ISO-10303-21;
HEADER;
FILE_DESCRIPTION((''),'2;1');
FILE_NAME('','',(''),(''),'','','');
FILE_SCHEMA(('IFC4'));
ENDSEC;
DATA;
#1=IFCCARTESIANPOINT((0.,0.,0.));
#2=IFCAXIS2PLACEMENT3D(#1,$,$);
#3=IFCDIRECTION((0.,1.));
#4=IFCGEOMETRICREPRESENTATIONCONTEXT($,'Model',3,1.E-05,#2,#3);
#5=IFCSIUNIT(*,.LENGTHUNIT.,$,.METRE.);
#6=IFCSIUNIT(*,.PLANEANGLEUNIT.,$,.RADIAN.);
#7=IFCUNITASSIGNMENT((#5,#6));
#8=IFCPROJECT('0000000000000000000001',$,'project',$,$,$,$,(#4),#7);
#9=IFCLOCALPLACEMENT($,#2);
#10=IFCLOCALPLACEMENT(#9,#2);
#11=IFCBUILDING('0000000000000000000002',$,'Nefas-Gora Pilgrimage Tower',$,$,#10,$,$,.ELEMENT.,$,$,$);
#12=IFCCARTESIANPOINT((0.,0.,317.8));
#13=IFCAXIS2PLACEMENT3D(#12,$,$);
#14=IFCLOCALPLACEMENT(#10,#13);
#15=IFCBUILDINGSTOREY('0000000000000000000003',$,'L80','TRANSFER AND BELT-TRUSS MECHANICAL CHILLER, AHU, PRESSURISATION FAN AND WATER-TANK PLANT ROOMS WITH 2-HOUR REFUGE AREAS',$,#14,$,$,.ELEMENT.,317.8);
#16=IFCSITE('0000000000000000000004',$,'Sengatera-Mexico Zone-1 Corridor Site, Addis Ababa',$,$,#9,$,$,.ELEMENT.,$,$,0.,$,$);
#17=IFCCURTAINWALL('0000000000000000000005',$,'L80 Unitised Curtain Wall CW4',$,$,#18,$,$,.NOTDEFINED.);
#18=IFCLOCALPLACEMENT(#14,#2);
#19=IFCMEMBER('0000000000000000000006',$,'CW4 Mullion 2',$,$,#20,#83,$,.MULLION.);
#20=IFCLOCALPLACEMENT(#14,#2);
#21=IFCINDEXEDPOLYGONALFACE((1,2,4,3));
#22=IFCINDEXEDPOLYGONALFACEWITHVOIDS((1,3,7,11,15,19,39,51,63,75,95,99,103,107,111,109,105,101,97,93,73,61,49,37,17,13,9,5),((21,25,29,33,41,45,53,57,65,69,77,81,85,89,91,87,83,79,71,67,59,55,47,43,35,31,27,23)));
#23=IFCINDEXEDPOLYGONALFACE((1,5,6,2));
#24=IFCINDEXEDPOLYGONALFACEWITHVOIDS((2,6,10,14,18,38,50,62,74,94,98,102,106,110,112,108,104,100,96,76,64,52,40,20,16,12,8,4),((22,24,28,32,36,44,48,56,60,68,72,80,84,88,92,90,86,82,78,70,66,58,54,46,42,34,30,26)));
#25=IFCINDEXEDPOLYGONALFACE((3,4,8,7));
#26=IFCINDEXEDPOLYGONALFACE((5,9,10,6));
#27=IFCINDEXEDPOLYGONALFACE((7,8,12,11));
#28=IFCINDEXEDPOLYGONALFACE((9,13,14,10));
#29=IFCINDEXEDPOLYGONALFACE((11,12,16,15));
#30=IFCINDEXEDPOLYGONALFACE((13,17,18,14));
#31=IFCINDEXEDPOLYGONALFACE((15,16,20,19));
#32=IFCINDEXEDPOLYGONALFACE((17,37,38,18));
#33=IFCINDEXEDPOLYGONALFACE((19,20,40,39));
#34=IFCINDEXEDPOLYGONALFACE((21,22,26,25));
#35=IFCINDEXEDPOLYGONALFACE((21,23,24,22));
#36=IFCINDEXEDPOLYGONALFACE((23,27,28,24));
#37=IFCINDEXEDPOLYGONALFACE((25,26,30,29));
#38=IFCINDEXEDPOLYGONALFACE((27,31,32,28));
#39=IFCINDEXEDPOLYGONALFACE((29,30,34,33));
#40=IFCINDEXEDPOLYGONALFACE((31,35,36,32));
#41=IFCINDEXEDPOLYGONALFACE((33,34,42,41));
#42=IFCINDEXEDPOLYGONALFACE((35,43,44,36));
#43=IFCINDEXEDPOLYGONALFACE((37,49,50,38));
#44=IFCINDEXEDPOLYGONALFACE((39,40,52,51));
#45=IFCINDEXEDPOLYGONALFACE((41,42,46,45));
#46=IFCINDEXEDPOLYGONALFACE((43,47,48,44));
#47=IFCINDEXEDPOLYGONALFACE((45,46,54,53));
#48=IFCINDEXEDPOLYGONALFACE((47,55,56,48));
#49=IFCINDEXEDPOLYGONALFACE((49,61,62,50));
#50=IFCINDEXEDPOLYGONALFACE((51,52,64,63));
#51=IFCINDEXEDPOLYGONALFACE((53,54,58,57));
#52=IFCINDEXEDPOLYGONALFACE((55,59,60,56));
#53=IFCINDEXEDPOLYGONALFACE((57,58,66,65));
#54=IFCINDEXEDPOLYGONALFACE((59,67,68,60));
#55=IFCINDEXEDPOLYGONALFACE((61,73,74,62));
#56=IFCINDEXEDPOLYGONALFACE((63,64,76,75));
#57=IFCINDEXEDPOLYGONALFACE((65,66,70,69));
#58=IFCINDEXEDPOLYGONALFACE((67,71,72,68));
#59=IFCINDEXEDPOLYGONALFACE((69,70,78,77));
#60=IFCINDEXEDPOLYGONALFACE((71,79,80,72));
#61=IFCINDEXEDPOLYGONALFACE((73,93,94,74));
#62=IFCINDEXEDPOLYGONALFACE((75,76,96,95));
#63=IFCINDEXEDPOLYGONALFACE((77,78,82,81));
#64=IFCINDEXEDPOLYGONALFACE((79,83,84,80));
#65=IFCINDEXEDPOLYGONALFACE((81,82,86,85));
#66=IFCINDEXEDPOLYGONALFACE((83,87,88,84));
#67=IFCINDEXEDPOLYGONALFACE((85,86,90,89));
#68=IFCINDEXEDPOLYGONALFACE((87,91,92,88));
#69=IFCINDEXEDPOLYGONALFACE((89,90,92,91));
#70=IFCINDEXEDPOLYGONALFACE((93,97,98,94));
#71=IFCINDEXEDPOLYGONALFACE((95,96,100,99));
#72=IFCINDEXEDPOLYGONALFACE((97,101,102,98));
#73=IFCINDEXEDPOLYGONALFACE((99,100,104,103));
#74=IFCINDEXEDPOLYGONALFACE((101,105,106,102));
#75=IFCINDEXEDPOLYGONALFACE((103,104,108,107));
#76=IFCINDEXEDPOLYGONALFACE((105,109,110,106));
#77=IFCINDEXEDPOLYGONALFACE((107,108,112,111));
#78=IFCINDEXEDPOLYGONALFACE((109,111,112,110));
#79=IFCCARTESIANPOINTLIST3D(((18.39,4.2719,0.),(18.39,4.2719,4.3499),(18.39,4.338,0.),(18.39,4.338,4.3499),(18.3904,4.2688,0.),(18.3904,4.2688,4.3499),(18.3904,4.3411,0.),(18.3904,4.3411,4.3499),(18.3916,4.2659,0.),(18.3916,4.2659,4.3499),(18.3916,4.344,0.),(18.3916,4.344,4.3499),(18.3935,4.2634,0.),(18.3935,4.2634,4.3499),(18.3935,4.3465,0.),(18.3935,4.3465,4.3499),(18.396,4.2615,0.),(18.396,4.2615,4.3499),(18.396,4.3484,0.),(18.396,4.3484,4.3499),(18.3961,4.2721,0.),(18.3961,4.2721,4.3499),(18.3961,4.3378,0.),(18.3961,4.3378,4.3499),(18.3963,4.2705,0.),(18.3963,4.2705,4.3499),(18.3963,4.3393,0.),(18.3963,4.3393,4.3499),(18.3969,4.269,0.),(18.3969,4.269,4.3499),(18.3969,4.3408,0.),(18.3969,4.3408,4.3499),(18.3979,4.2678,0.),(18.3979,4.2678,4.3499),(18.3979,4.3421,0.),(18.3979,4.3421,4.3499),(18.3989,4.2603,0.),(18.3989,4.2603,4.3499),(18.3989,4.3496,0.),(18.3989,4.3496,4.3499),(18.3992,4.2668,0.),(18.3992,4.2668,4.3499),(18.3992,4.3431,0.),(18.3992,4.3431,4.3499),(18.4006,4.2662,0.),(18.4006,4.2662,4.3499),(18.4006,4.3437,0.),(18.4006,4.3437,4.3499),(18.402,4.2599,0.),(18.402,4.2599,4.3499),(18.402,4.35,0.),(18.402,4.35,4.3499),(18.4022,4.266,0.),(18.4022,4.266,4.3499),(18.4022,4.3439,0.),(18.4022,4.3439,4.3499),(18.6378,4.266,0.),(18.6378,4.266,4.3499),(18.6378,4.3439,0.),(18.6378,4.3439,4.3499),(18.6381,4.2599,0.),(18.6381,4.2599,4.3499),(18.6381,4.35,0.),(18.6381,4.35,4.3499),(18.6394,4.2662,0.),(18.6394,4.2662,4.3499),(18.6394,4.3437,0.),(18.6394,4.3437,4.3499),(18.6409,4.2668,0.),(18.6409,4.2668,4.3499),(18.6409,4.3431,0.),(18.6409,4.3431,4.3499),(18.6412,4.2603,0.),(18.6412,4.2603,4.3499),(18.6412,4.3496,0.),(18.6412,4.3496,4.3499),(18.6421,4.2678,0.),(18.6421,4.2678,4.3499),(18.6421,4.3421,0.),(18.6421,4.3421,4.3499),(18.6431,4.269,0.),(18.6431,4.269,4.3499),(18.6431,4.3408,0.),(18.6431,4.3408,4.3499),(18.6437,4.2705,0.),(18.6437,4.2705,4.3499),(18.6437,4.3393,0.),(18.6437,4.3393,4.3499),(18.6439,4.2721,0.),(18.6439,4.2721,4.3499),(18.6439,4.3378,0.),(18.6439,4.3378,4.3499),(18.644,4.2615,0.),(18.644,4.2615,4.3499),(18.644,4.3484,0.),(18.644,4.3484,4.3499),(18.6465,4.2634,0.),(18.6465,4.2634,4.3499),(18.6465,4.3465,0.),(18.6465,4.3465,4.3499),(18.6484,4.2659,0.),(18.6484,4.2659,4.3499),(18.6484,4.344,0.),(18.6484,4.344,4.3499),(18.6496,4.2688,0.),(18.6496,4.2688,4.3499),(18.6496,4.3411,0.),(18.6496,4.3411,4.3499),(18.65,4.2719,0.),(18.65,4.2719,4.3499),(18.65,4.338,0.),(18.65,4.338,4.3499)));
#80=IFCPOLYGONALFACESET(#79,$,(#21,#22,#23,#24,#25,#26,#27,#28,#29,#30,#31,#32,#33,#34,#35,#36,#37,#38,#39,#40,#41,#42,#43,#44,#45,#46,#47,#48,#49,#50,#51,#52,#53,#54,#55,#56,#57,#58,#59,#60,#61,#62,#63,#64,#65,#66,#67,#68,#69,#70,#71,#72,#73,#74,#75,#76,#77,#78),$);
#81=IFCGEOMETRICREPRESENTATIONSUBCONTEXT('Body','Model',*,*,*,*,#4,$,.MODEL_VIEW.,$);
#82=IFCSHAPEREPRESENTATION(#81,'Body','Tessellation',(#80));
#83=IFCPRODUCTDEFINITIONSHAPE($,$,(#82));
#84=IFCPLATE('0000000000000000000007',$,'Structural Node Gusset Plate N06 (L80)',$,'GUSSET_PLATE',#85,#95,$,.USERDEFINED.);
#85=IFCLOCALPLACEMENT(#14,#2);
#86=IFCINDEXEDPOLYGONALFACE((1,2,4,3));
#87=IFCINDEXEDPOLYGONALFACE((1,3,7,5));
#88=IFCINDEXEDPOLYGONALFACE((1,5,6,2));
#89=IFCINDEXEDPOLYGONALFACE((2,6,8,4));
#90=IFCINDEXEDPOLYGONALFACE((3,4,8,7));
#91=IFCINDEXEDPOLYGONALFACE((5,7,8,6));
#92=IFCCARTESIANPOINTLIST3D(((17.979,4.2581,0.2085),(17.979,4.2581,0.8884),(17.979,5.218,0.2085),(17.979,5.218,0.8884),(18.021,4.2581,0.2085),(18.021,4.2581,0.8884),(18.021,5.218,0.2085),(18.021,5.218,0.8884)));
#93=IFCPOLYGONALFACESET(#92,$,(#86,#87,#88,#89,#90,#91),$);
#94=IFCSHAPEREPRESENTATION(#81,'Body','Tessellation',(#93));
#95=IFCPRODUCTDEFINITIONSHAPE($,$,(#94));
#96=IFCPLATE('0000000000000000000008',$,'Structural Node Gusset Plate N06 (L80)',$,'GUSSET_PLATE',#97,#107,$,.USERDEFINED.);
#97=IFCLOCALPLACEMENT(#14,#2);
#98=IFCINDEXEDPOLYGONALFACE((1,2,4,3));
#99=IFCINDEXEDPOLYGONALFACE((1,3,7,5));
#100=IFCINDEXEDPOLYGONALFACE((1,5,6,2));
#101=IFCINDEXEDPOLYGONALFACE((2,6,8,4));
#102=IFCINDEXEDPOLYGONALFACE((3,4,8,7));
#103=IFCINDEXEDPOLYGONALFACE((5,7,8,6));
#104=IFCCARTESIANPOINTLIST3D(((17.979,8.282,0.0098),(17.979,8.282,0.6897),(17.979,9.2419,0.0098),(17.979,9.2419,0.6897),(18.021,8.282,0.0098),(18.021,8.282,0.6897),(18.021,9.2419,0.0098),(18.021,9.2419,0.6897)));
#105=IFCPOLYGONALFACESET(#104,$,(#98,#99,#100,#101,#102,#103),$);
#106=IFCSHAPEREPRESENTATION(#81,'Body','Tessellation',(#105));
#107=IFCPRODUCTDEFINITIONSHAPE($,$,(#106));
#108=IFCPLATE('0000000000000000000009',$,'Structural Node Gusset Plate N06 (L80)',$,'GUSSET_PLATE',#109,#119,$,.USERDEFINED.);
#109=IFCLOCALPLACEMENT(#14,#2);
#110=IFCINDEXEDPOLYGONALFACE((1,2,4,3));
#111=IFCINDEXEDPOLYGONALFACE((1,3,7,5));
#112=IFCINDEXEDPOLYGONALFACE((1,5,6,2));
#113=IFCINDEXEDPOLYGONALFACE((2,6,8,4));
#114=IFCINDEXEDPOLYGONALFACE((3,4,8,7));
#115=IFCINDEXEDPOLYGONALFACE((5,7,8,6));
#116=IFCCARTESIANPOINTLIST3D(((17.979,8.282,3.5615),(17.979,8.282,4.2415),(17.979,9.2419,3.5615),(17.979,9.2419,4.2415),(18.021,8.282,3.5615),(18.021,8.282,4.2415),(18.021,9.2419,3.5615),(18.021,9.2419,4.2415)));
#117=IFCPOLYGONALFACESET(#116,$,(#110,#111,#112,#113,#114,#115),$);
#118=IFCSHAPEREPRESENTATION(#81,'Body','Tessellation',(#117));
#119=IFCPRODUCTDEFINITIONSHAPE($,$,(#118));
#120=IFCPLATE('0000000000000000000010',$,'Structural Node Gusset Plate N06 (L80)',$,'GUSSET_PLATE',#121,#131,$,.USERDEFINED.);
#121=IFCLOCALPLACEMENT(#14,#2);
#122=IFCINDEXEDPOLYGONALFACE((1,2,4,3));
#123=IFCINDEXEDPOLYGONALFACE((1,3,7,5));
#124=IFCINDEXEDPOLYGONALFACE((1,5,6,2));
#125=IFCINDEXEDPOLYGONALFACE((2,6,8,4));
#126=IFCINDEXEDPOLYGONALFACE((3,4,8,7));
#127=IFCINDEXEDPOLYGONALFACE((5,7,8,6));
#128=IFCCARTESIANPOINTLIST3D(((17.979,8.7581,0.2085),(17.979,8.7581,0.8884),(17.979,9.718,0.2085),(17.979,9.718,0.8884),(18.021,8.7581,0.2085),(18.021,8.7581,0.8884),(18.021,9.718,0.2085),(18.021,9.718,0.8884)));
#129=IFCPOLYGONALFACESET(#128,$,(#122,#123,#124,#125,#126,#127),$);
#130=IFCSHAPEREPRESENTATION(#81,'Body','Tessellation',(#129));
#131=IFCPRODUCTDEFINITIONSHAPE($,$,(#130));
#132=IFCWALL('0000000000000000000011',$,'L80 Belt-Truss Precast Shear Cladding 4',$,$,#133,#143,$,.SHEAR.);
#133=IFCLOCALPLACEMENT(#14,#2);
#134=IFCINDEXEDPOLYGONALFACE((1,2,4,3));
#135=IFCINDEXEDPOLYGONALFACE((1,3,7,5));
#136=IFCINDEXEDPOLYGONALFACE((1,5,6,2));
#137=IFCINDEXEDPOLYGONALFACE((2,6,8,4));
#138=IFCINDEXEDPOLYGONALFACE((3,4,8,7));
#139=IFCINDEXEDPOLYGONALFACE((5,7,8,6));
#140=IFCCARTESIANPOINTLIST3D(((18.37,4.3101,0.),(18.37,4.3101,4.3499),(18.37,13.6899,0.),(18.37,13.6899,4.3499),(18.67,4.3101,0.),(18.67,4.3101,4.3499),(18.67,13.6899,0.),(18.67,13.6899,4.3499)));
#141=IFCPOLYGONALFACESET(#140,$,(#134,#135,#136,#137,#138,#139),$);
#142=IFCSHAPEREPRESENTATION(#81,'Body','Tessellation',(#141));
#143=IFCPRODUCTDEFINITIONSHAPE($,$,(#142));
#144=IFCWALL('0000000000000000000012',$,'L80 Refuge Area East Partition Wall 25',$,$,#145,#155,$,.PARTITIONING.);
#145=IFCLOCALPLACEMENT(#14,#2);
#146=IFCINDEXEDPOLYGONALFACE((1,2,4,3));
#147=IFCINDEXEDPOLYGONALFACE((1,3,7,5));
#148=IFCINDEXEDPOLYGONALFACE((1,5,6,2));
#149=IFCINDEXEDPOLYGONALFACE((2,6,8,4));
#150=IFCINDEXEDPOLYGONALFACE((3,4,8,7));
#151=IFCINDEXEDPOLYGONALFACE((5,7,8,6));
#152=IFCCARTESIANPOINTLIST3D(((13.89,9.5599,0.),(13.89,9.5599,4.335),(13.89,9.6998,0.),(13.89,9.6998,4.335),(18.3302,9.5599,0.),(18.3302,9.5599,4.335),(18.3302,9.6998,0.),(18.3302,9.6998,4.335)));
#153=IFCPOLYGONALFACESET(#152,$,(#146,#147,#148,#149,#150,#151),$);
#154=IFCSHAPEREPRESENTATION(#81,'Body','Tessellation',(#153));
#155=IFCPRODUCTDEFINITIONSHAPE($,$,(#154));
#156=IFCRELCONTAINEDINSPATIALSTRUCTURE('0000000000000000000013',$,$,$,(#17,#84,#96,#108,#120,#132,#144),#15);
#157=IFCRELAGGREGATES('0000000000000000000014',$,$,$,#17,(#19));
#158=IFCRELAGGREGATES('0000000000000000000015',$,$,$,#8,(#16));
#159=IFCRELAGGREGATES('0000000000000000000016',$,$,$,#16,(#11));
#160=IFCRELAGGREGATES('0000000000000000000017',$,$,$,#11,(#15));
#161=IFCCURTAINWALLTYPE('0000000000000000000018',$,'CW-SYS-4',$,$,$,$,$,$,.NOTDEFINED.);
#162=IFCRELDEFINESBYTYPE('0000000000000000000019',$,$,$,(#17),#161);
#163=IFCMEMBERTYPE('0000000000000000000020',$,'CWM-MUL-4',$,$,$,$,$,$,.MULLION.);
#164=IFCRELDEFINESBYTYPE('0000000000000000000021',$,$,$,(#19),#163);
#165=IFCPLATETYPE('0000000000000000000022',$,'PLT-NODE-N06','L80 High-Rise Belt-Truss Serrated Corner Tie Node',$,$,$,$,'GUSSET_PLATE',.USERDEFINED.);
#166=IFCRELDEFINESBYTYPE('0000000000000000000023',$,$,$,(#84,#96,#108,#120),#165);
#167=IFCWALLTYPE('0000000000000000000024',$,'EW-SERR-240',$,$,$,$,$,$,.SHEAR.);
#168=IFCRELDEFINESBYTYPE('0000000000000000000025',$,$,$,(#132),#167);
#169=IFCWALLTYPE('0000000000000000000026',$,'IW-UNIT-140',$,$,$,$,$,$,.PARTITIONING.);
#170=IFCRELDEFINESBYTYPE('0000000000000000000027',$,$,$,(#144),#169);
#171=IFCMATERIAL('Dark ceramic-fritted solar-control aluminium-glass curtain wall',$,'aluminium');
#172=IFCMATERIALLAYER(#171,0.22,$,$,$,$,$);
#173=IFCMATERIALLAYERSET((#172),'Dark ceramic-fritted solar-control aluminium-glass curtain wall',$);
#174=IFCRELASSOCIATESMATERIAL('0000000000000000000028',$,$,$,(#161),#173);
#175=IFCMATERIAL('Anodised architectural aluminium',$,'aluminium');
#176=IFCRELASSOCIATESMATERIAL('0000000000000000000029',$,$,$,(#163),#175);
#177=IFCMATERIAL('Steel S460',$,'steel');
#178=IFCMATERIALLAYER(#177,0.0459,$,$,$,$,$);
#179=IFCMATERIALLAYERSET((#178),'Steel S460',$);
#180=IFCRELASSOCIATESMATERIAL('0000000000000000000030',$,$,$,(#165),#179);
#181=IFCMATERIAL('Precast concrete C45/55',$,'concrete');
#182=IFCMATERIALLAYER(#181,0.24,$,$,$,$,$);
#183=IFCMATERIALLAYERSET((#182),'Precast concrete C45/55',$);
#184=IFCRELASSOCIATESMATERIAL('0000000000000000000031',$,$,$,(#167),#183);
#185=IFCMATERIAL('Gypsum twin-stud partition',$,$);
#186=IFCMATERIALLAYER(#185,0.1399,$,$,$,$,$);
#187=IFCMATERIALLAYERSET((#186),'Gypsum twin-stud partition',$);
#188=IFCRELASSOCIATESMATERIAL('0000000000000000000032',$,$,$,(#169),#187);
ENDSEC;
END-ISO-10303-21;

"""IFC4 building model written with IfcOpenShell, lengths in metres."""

from ifc_helpers import new_model, si_unit, direction, frame, frame_2d, origin, origin_2d, place, context, subcontext, project, spatial, rectangle, hollow_rectangle, extrude, source, transform, mapped, material, layer, layer_set, material_profile, profile_set, type_object, element, aggregate, save


model = new_model("IFC4")

# Units and contexts
model_context = context("Model", 3, precision=1e-05, world=origin(), true_north=direction((0.0, 1.0)))
body_context = subcontext(model_context, "Body", "Model", "MODEL_VIEW")
ifc_project = project(units=[si_unit("LENGTHUNIT", "METRE"), si_unit("PLANEANGLEUNIT", "RADIAN")], contexts=[model_context])

# Site, building, storey
site_placement = place(None, origin())
site = spatial("IfcSite", under=ifc_project, at=site_placement, Name="Sengatera-Mexico Zone-1 Corridor Site, Addis Ababa", CompositionType="ELEMENT", RefElevation=0.0)
building_placement = place(site_placement, origin())
building = spatial("IfcBuilding", under=site, at=building_placement, Name="Nefas-Gora Pilgrimage Tower", CompositionType="ELEMENT")
storey_placement = place(building_placement, frame((0.0, 0.0, 317.8)))
storey = spatial("IfcBuildingStorey", under=building, at=storey_placement, Name="L80", Description="TRANSFER AND BELT-TRUSS MECHANICAL CHILLER, AHU, PRESSURISATION FAN AND WATER-TANK PLANT ROOMS WITH 2-HOUR REFUGE AREAS", CompositionType="ELEMENT", Elevation=317.8)

# Shared definitions
ifc_material_1 = material(Name="Steel S460", Category="steel")

# Curtain wall, member
ifc_material_2 = material(Name="Dark ceramic-fritted solar-control aluminium-glass curtain wall", Category="aluminium")
ifc_layer_1 = layer(ifc_material_2, 0.22)
ifc_layer_set_1 = layer_set([ifc_layer_1], Name="Dark ceramic-fritted solar-control aluminium-glass curtain wall")
curtain_wall_type = type_object("IfcCurtainWallType", Name="CW-SYS-4", PredefinedType="NOTDEFINED", material=ifc_layer_set_1)
curtain_wall_placement = place(storey_placement, origin())
curtain_wall = element("IfcCurtainWall", 1, at=curtain_wall_placement, inside=storey, type_object=curtain_wall_type, Name="L80 Unitised Curtain Wall CW4", PredefinedType="NOTDEFINED")
ifc_material_3 = material(Name="Anodised architectural aluminium", Category="aluminium")
ifc_material_profile_1 = material_profile(ifc_material_3, hollow_rectangle(XDim=0.0901, YDim=0.26, WallThickness=0.0061, InnerFilletRadius=0.0061, OuterFilletRadius=0.012, at=origin_2d()), Name="ALU MULLION 90x260")
ifc_profile_set_1 = profile_set([ifc_material_profile_1], Name="Anodised architectural aluminium")
member_type_1 = type_object("IfcMemberType", Name="CWM-MUL-4", PredefinedType="MULLION", material=ifc_profile_set_1)
shared_shape_1 = source(origin(), body_context, "Body", "SweptSolid", [
    extrude(hollow_rectangle(XDim=0.0901, YDim=0.26, WallThickness=0.0061, InnerFilletRadius=0.0061, OuterFilletRadius=0.012, at=origin_2d()), origin(), (0.0, 0.0, 1.0), 4.3499),
])
member_placement = place(storey_placement, frame((18.52, 4.3049, 0.0), z_axis=(0.0, 0.0, 1.0), x_axis=(0.0, 1.0, 0.0)))
member = element("IfcMember", 2, at=member_placement, type_object=member_type_1, Name="CW4 Mullion 2", PredefinedType="MULLION", context=body_context, shape_type="MappedRepresentation", body=[
    mapped(shared_shape_1, transform((0.0, 0.0, 0.0), x_axis=(1.0, 0.0, 0.0), y_axis=(0.0, 1.0, 0.0), z_axis=(0.0, 0.0, 1.0), scale=1.0)),
])
aggregate(curtain_wall, [member])

# Plates
ifc_layer_2 = layer(ifc_material_1, 0.0459)
ifc_layer_set_2 = layer_set([ifc_layer_2], Name="Steel S460")
plate_type = type_object("IfcPlateType", Name="PLT-NODE-N06", Description="L80 High-Rise Belt-Truss Serrated Corner Tie Node", ElementType="GUSSET_PLATE", PredefinedType="USERDEFINED", material=ifc_layer_set_2)
shared_shape_2 = source(origin(), body_context, "Body", "SweptSolid", [
    extrude(rectangle(XDim=0.96, YDim=0.042, at=origin_2d()), origin(), (0.0, 0.0, 1.0), 0.6799),
])
for number, where, z_axis, x_axis, name in (
    (3, (18.0, 4.738, 0.2085), (0.0, 0.0, 1.0), (0.0, 1.0, 0.0), "Structural Node Gusset Plate N06 (L80)"),
    (4, (18.0, 8.762, 0.0098), (0.0, 0.0, 1.0), (0.0, 1.0, 0.0), "Structural Node Gusset Plate N06 (L80)"),
    (5, (18.0, 8.762, 3.5615), (0.0, 0.0, 1.0), (0.0, 1.0, 0.0), "Structural Node Gusset Plate N06 (L80)"),
    (6, (18.0, 9.238, 0.2085), (0.0, 0.0, 1.0), (0.0, 1.0, 0.0), "Structural Node Gusset Plate N06 (L80)"),
):
    element("IfcPlate", number, at=place(storey_placement, frame(where, z_axis=z_axis, x_axis=x_axis)), inside=storey, type_object=plate_type, Name=name, ObjectType="GUSSET_PLATE", PredefinedType="USERDEFINED", context=body_context, shape_type="MappedRepresentation", body=[
        mapped(shared_shape_2, transform((0.0, 0.0, 0.0), x_axis=(1.0, 0.0, 0.0), y_axis=(0.0, 1.0, 0.0), z_axis=(0.0, 0.0, 1.0), scale=1.0)),
    ])

# Walls
ifc_material_4 = material(Name="Precast concrete C45/55", Category="concrete")
ifc_layer_3 = layer(ifc_material_4, 0.24)
ifc_layer_set_3 = layer_set([ifc_layer_3], Name="Precast concrete C45/55")
wall_type_1 = type_object("IfcWallType", Name="EW-SERR-240", PredefinedType="SHEAR", material=ifc_layer_set_3)
shared_shape_3 = source(origin(), body_context, "Body", "SweptSolid", [
    extrude(rectangle(XDim=9.3799, YDim=0.3, at=frame_2d((4.6899, 0.0))), origin(), (0.0, 0.0, 1.0), 4.3499),
])
wall_1_placement = place(storey_placement, frame((18.52, 4.3101, 0.0), z_axis=(0.0, 0.0, 1.0), x_axis=(0.0, 1.0, 0.0)))
element("IfcWall", 7, at=wall_1_placement, inside=storey, type_object=wall_type_1, Name="L80 Belt-Truss Precast Shear Cladding 4", PredefinedType="SHEAR", context=body_context, shape_type="MappedRepresentation", body=[
    mapped(shared_shape_3, transform((0.0, 0.0, 0.0), x_axis=(1.0, 0.0, 0.0), y_axis=(0.0, 1.0, 0.0), z_axis=(0.0, 0.0, 1.0), scale=1.0)),
])
ifc_material_5 = material(Name="Gypsum twin-stud partition")
ifc_layer_4 = layer(ifc_material_5, 0.1399)
ifc_layer_set_4 = layer_set([ifc_layer_4], Name="Gypsum twin-stud partition")
wall_type_2 = type_object("IfcWallType", Name="IW-UNIT-140", PredefinedType="PARTITIONING", material=ifc_layer_set_4)
shared_shape_4 = source(origin(), body_context, "Body", "SweptSolid", [
    extrude(rectangle(XDim=4.4402, YDim=0.1399, at=frame_2d((2.2202, 0.0))), origin(), (0.0, 0.0, 1.0), 4.335),
])
wall_2_placement = place(storey_placement, frame((13.8899, 9.6299, 0.0), z_axis=(0.0, 0.0, 1.0), x_axis=(1.0, 0.0, 0.0)))
element("IfcWall", 8, at=wall_2_placement, inside=storey, type_object=wall_type_2, Name="L80 Refuge Area East Partition Wall 25", PredefinedType="PARTITIONING", context=body_context, shape_type="MappedRepresentation", body=[
    mapped(shared_shape_4, transform((0.0, 0.0, 0.0), x_axis=(1.0, 0.0, 0.0), y_axis=(0.0, 1.0, 0.0), z_axis=(0.0, 0.0, 1.0), scale=1.0)),
])

save(model, "model.ifc")
